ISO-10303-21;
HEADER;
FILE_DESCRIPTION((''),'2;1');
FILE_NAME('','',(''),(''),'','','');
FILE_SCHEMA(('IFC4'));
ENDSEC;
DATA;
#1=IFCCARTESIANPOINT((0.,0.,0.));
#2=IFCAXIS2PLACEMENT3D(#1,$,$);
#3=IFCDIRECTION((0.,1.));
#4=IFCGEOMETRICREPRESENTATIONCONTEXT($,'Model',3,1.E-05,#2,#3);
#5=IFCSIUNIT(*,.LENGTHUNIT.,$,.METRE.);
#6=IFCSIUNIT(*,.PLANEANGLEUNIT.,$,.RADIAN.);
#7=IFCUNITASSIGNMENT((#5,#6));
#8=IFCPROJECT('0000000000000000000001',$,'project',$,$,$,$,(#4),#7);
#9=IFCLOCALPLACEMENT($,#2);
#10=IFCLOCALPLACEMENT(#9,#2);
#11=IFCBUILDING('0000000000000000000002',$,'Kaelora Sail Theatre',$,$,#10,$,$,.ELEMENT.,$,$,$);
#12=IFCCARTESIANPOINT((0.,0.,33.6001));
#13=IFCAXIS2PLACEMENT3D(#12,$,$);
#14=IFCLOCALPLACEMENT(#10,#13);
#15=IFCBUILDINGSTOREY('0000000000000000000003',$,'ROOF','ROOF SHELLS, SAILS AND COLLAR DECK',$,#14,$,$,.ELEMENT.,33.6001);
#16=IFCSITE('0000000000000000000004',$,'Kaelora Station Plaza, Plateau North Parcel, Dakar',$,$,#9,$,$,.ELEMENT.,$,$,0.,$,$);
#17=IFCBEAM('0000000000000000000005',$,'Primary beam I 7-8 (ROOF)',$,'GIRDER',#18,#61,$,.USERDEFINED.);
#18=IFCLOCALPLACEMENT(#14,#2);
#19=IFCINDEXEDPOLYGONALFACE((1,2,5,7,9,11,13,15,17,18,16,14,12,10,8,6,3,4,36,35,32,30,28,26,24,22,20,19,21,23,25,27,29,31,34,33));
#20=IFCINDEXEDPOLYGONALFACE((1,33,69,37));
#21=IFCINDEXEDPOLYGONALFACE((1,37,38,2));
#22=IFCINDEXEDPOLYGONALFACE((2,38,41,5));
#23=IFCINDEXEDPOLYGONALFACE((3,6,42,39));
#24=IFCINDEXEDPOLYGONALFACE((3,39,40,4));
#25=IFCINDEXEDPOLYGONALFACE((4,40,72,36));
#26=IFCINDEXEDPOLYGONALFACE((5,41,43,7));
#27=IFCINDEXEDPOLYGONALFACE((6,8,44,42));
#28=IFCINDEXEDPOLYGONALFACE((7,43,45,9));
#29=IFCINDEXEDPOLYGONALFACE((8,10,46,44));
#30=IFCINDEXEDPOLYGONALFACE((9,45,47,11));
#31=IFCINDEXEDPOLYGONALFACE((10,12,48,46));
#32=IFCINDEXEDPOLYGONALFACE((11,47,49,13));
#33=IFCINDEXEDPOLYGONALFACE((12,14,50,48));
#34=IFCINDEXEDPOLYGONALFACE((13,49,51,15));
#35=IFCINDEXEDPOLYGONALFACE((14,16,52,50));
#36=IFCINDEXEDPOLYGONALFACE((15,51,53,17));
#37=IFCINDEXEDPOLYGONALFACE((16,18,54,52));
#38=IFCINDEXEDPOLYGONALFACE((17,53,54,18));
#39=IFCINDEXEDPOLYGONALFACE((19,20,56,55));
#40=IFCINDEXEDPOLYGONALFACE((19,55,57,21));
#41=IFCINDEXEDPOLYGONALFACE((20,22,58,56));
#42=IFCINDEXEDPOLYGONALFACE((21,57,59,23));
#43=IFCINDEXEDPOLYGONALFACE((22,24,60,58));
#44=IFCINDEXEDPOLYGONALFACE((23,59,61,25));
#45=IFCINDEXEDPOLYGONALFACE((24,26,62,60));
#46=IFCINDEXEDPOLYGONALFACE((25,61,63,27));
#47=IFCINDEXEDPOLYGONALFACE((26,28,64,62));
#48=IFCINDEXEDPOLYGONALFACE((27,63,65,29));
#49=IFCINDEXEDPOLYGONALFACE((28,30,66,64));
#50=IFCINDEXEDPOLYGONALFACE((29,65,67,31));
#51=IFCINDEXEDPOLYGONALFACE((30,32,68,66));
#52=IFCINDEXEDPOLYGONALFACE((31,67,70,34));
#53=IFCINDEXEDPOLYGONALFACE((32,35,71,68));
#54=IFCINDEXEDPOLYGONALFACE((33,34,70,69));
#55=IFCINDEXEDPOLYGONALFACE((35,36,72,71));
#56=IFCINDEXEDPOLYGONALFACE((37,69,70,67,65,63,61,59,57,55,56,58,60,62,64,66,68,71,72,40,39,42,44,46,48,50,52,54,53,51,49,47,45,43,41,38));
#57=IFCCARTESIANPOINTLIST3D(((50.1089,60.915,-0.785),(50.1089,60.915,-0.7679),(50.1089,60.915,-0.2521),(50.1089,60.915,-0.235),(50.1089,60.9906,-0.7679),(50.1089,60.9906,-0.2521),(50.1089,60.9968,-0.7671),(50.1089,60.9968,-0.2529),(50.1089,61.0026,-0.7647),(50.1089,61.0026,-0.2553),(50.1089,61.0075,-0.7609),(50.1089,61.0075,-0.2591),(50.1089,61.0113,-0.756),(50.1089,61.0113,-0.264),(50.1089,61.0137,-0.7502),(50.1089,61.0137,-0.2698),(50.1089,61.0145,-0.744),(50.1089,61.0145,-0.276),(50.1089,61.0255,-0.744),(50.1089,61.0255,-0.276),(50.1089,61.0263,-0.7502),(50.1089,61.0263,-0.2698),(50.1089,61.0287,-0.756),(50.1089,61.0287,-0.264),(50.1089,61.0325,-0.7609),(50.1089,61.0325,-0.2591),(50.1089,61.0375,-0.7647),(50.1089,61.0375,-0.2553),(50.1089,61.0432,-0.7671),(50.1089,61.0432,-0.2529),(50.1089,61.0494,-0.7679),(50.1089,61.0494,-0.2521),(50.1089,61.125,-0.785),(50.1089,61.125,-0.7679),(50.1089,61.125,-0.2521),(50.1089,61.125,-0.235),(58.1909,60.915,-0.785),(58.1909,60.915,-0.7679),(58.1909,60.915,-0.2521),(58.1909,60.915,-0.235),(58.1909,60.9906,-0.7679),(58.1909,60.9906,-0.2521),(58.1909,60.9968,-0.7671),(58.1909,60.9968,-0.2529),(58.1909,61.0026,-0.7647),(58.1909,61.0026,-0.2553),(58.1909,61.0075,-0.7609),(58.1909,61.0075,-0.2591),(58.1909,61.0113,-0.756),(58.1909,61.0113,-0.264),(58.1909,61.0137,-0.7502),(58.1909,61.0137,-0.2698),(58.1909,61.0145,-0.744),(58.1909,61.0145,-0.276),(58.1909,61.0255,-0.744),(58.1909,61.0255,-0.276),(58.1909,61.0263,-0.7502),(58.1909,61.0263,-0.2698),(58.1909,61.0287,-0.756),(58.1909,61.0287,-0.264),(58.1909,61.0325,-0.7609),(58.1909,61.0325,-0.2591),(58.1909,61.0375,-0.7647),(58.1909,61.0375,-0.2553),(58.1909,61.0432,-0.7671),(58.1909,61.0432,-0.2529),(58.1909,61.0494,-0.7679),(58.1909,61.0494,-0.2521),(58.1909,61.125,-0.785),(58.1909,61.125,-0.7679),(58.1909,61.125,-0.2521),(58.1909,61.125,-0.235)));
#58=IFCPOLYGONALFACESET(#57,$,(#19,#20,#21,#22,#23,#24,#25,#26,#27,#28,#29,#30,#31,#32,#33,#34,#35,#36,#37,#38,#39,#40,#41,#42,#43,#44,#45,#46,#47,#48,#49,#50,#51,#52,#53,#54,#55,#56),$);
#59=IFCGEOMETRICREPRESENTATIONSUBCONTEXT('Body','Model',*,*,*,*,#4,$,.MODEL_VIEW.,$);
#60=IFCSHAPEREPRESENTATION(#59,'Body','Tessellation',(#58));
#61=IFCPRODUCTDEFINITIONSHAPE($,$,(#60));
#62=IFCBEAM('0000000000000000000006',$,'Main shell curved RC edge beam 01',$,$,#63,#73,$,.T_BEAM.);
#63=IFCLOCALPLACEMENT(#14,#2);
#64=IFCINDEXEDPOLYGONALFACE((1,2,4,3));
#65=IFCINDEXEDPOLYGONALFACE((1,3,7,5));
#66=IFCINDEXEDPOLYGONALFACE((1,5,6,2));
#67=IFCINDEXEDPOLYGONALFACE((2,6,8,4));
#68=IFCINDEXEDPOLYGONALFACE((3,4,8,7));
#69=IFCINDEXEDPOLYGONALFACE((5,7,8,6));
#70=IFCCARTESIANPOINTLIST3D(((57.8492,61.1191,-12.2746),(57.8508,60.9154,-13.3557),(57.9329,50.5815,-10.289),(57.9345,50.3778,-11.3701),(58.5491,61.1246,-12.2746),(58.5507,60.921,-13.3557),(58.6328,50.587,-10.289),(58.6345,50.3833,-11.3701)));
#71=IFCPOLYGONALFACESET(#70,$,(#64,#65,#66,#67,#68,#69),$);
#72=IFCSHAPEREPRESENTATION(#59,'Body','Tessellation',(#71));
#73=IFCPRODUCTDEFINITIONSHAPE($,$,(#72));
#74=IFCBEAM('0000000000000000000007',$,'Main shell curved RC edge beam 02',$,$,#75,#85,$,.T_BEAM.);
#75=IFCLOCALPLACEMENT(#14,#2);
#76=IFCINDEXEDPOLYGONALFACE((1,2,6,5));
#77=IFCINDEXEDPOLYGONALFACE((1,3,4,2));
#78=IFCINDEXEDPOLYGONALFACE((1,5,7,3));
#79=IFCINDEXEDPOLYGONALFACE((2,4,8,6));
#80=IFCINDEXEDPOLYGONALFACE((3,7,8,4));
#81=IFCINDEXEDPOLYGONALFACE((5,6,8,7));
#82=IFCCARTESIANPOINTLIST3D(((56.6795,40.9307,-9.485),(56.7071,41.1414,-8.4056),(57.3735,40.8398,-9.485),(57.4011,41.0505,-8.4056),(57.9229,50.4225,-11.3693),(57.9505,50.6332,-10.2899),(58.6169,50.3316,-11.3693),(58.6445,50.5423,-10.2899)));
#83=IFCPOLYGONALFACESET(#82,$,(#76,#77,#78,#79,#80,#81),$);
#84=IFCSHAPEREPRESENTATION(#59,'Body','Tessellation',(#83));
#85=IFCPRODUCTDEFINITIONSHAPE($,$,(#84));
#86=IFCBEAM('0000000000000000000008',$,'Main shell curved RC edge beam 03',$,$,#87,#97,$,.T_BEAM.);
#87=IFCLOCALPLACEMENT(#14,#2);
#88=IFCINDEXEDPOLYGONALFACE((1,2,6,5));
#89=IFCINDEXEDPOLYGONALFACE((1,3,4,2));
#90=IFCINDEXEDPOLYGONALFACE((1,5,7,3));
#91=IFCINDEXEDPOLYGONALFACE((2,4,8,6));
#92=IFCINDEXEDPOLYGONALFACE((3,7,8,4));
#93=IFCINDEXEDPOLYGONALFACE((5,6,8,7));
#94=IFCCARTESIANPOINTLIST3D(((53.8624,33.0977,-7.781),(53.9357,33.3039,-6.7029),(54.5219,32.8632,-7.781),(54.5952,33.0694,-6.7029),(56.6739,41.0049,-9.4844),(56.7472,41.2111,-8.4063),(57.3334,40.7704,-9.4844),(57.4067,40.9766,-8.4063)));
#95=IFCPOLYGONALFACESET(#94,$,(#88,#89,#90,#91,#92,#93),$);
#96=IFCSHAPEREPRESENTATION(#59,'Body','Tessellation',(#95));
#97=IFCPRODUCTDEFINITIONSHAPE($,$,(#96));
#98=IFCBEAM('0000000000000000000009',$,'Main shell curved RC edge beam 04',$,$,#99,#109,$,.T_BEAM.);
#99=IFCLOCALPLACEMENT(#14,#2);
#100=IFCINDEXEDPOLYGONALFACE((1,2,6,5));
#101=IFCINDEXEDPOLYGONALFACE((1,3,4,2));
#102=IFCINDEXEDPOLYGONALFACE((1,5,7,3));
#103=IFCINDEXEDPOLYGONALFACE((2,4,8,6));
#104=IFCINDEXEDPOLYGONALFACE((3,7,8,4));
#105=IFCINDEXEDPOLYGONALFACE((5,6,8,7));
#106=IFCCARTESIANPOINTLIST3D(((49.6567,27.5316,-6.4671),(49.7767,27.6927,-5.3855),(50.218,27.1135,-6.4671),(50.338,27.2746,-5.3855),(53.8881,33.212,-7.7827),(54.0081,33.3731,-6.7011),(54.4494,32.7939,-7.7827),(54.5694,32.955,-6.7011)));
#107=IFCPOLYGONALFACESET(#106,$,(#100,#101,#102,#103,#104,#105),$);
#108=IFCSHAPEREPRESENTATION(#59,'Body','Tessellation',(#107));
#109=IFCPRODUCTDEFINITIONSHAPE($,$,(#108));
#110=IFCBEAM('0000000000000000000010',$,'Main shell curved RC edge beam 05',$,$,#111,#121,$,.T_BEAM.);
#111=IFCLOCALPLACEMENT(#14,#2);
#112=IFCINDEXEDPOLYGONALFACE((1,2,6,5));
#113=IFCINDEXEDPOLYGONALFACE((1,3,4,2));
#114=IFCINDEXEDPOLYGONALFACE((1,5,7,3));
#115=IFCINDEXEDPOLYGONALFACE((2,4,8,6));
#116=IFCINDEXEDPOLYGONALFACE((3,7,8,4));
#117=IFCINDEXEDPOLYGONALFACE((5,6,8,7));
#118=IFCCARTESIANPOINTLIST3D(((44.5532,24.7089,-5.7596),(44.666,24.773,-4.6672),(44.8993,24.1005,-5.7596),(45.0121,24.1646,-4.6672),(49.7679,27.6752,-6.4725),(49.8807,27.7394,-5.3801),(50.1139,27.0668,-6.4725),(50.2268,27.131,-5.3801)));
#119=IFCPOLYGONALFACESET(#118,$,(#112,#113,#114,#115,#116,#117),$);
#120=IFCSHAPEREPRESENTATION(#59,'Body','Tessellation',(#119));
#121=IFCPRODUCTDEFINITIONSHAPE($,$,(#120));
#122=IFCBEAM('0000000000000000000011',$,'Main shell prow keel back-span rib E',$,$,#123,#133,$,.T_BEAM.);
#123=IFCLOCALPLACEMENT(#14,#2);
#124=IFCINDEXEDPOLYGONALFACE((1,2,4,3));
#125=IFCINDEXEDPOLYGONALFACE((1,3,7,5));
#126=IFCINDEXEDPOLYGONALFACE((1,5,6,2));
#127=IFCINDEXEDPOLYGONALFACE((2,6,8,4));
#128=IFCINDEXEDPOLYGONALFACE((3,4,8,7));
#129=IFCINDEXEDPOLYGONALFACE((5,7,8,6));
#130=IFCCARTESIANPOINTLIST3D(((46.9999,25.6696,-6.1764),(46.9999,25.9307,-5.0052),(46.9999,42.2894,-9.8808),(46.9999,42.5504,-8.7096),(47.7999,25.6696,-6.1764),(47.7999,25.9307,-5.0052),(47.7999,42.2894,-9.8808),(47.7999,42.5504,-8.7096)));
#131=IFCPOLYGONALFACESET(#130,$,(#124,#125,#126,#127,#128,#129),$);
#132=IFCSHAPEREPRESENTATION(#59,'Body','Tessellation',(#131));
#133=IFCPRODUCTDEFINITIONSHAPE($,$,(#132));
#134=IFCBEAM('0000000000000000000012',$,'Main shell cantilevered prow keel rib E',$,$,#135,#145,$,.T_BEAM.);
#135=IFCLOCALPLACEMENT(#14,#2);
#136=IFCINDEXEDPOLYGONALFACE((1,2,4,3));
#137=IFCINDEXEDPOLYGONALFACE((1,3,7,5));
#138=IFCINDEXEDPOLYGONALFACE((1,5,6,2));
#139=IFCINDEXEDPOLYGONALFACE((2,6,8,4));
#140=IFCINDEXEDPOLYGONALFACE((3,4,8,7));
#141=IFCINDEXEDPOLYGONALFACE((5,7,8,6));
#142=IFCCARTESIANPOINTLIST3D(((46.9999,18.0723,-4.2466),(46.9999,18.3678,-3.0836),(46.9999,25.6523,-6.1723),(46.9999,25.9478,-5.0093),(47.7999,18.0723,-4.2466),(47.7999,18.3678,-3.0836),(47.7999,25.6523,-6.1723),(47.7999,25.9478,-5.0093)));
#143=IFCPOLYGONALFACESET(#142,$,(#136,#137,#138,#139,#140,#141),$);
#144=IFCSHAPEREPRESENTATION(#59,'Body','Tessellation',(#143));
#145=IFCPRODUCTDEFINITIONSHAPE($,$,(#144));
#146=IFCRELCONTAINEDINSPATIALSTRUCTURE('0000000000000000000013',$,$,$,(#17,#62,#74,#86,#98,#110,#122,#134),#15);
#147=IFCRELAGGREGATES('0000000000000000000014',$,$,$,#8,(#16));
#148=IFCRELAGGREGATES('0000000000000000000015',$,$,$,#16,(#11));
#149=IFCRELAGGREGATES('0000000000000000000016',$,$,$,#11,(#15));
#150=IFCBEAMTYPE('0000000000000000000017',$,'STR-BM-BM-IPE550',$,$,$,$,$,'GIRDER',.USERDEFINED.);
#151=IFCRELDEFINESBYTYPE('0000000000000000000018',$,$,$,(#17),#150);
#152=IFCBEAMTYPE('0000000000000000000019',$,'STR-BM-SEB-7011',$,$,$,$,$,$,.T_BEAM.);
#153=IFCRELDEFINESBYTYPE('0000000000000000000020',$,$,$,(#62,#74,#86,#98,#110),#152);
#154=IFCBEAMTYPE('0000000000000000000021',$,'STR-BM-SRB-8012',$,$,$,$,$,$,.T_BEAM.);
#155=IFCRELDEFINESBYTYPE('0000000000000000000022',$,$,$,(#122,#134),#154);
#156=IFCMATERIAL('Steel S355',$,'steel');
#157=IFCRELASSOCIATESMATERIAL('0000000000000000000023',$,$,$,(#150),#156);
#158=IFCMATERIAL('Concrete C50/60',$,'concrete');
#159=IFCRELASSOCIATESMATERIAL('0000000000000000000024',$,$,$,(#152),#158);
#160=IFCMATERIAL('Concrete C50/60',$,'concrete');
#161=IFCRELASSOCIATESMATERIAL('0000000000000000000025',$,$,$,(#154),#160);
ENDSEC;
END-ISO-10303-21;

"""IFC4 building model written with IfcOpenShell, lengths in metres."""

from ifc_helpers import new_model, si_unit, direction, frame, origin, origin_2d, place, context, subcontext, project, spatial, rectangle, i_section, extrude, material, material_profile, profile_set, type_object, element, save


model = new_model("IFC4")

# Units and contexts
model_context = context("Model", 3, precision=1e-05, world=origin(), true_north=direction((0.0, 1.0)))
body_context = subcontext(model_context, "Body", "Model", "MODEL_VIEW")
ifc_project = project(units=[si_unit("LENGTHUNIT", "METRE"), si_unit("PLANEANGLEUNIT", "RADIAN")], contexts=[model_context])

# Site, building, storey
site_placement = place(None, origin())
site = spatial("IfcSite", under=ifc_project, at=site_placement, Name="Kaelora Station Plaza, Plateau North Parcel, Dakar", CompositionType="ELEMENT", RefElevation=0.0)
building_placement = place(site_placement, origin())
building = spatial("IfcBuilding", under=site, at=building_placement, Name="Kaelora Sail Theatre", CompositionType="ELEMENT")
storey_placement = place(building_placement, frame((0.0, 0.0, 33.6001)))
storey = spatial("IfcBuildingStorey", under=building, at=storey_placement, Name="ROOF", Description="ROOF SHELLS, SAILS AND COLLAR DECK", CompositionType="ELEMENT", Elevation=33.6001)

# Beams
ifc_material_1 = material(Name="Steel S355", Category="steel")
ifc_material_profile_1 = material_profile(ifc_material_1, i_section(OverallWidth=0.21, OverallDepth=0.55, WebThickness=0.011, FlangeThickness=0.0171, FilletRadius=0.0239, at=origin_2d()), Name="IPE 550")
ifc_profile_set_1 = profile_set([ifc_material_profile_1], Name="Steel S355")
beam_type_1 = type_object("IfcBeamType", Name="STR-BM-BM-IPE550", ElementType="GIRDER", PredefinedType="USERDEFINED", material=ifc_profile_set_1)
for number, where, z_axis, x_axis, name in (
    (1, (50.1089, 61.02, -0.51), (1.0, 0.0, 0.0), (0.0, 1.0, 0.0), "Primary beam I 7-8 (ROOF)"),
):
    element("IfcBeam", number, at=place(storey_placement, frame(where, z_axis=z_axis, x_axis=x_axis)), inside=storey, type_object=beam_type_1, Name=name, ObjectType="GIRDER", PredefinedType="USERDEFINED", context=body_context, shape_type="SweptSolid", body=[
        extrude(i_section(OverallWidth=0.21, OverallDepth=0.55, WebThickness=0.011, FlangeThickness=0.0171, FilletRadius=0.0239, at=origin_2d()), origin(), (0.0, 0.0, 1.0), 8.082),
    ])
ifc_material_2 = material(Name="Concrete C50/60", Category="concrete")
ifc_material_profile_2 = material_profile(ifc_material_2, rectangle(XDim=0.7, YDim=1.1001, at=origin_2d()), Name="RC-SEB 700x1100")
ifc_profile_set_2 = profile_set([ifc_material_profile_2], Name="Concrete C50/60")
beam_type_2 = type_object("IfcBeamType", Name="STR-BM-SEB-7011", PredefinedType="T_BEAM", material=ifc_profile_set_2)
beam_1_placement = place(storey_placement, frame((58.2, 61.02, -12.8152), z_axis=(0.007809, -0.982676, 0.185165), x_axis=(0.999968, 0.007947, 0.0)))
element("IfcBeam", 2, at=beam_1_placement, inside=storey, type_object=beam_type_2, Name="Main shell curved RC edge beam 01", PredefinedType="T_BEAM", context=body_context, shape_type="SweptSolid", body=[
    extrude(rectangle(XDim=0.7, YDim=1.1001, at=origin_2d()), origin(), (0.0, 0.0, 1.0), 10.7234),
])
beam_2_placement = place(storey_placement, frame((58.2837, 50.4824, -10.8296), z_axis=(-0.127444, -0.972861, 0.193131), x_axis=(0.991528, -0.12989, 0.0)))
element("IfcBeam", 3, at=beam_2_placement, inside=storey, type_object=beam_type_2, Name="Main shell curved RC edge beam 02", PredefinedType="T_BEAM", context=body_context, shape_type="SweptSolid", body=[
    extrude(rectangle(XDim=0.7, YDim=1.1001, at=origin_2d()), origin(), (0.0, 0.0, 1.0), 9.7566),
])
beam_3_placement = place(storey_placement, frame((57.0403, 40.9907, -8.9453), z_axis=(-0.328322, -0.923384, 0.198915), x_axis=(0.942212, -0.335017, 0.0)))
element("IfcBeam", 4, at=beam_3_placement, inside=storey, type_object=beam_type_2, Name="Main shell curved RC edge beam 03", PredefinedType="T_BEAM", context=body_context, shape_type="SweptSolid", body=[
    extrude(rectangle(XDim=0.7, YDim=1.1001, at=origin_2d()), origin(), (0.0, 0.0, 1.0), 8.5632),
])
beam_4_placement = place(storey_placement, frame((54.2288, 33.0835, -7.2419), z_axis=(-0.587342, -0.788466, 0.182621), x_axis=(0.801952, -0.597388, 0.0)))
element("IfcBeam", 5, at=beam_4_placement, inside=storey, type_object=beam_type_2, Name="Main shell curved RC edge beam 04", PredefinedType="T_BEAM", context=body_context, shape_type="SweptSolid", body=[
    extrude(rectangle(XDim=0.7, YDim=1.1001, at=origin_2d()), origin(), (0.0, 0.0, 1.0), 7.2043),
])
beam_5_placement = place(storey_placement, frame((49.9973, 27.4031, -5.9263), z_axis=(-0.863136, -0.490992, 0.118), x_axis=(0.494446, -0.869208, 0.0)))
element("IfcBeam", 6, at=beam_5_placement, inside=storey, type_object=beam_type_2, Name="Main shell curved RC edge beam 05", PredefinedType="T_BEAM", context=body_context, shape_type="SweptSolid", body=[
    extrude(rectangle(XDim=0.7, YDim=1.1001, at=origin_2d()), origin(), (0.0, 0.0, 1.0), 6.0415),
])
ifc_material_3 = material(Name="Concrete C50/60", Category="concrete")
ifc_material_profile_3 = material_profile(ifc_material_3, rectangle(XDim=0.8, YDim=1.2, at=origin_2d()), Name="RC-SRB 800x1200")
ifc_profile_set_3 = profile_set([ifc_material_profile_3], Name="Concrete C50/60")
beam_type_3 = type_object("IfcBeamType", Name="STR-BM-SRB-8012", PredefinedType="T_BEAM", material=ifc_profile_set_3)
beam_6_placement = place(storey_placement, frame((47.3999, 42.4199, -9.2952), z_axis=(0.0, -0.97605, 0.217548), x_axis=(1.0, 0.0, 0.0)))
element("IfcBeam", 7, at=beam_6_placement, inside=storey, type_object=beam_type_3, Name="Main shell prow keel back-span rib E", PredefinedType="T_BEAM", context=body_context, shape_type="SweptSolid", body=[
    extrude(rectangle(XDim=0.8, YDim=1.2, at=origin_2d()), origin(), (0.0, 0.0, 1.0), 17.0276),
])
beam_7_placement = place(storey_placement, frame((47.3999, 25.8, -5.5908), z_axis=(0.0, -0.96921, 0.246236), x_axis=(1.0, 0.0, 0.0)))
element("IfcBeam", 8, at=beam_7_placement, inside=storey, type_object=beam_type_3, Name="Main shell cantilevered prow keel rib E", PredefinedType="T_BEAM", context=body_context, shape_type="SweptSolid", body=[
    extrude(rectangle(XDim=0.8, YDim=1.2, at=origin_2d()), origin(), (0.0, 0.0, 1.0), 7.8208),
])

save(model, "model.ifc")
